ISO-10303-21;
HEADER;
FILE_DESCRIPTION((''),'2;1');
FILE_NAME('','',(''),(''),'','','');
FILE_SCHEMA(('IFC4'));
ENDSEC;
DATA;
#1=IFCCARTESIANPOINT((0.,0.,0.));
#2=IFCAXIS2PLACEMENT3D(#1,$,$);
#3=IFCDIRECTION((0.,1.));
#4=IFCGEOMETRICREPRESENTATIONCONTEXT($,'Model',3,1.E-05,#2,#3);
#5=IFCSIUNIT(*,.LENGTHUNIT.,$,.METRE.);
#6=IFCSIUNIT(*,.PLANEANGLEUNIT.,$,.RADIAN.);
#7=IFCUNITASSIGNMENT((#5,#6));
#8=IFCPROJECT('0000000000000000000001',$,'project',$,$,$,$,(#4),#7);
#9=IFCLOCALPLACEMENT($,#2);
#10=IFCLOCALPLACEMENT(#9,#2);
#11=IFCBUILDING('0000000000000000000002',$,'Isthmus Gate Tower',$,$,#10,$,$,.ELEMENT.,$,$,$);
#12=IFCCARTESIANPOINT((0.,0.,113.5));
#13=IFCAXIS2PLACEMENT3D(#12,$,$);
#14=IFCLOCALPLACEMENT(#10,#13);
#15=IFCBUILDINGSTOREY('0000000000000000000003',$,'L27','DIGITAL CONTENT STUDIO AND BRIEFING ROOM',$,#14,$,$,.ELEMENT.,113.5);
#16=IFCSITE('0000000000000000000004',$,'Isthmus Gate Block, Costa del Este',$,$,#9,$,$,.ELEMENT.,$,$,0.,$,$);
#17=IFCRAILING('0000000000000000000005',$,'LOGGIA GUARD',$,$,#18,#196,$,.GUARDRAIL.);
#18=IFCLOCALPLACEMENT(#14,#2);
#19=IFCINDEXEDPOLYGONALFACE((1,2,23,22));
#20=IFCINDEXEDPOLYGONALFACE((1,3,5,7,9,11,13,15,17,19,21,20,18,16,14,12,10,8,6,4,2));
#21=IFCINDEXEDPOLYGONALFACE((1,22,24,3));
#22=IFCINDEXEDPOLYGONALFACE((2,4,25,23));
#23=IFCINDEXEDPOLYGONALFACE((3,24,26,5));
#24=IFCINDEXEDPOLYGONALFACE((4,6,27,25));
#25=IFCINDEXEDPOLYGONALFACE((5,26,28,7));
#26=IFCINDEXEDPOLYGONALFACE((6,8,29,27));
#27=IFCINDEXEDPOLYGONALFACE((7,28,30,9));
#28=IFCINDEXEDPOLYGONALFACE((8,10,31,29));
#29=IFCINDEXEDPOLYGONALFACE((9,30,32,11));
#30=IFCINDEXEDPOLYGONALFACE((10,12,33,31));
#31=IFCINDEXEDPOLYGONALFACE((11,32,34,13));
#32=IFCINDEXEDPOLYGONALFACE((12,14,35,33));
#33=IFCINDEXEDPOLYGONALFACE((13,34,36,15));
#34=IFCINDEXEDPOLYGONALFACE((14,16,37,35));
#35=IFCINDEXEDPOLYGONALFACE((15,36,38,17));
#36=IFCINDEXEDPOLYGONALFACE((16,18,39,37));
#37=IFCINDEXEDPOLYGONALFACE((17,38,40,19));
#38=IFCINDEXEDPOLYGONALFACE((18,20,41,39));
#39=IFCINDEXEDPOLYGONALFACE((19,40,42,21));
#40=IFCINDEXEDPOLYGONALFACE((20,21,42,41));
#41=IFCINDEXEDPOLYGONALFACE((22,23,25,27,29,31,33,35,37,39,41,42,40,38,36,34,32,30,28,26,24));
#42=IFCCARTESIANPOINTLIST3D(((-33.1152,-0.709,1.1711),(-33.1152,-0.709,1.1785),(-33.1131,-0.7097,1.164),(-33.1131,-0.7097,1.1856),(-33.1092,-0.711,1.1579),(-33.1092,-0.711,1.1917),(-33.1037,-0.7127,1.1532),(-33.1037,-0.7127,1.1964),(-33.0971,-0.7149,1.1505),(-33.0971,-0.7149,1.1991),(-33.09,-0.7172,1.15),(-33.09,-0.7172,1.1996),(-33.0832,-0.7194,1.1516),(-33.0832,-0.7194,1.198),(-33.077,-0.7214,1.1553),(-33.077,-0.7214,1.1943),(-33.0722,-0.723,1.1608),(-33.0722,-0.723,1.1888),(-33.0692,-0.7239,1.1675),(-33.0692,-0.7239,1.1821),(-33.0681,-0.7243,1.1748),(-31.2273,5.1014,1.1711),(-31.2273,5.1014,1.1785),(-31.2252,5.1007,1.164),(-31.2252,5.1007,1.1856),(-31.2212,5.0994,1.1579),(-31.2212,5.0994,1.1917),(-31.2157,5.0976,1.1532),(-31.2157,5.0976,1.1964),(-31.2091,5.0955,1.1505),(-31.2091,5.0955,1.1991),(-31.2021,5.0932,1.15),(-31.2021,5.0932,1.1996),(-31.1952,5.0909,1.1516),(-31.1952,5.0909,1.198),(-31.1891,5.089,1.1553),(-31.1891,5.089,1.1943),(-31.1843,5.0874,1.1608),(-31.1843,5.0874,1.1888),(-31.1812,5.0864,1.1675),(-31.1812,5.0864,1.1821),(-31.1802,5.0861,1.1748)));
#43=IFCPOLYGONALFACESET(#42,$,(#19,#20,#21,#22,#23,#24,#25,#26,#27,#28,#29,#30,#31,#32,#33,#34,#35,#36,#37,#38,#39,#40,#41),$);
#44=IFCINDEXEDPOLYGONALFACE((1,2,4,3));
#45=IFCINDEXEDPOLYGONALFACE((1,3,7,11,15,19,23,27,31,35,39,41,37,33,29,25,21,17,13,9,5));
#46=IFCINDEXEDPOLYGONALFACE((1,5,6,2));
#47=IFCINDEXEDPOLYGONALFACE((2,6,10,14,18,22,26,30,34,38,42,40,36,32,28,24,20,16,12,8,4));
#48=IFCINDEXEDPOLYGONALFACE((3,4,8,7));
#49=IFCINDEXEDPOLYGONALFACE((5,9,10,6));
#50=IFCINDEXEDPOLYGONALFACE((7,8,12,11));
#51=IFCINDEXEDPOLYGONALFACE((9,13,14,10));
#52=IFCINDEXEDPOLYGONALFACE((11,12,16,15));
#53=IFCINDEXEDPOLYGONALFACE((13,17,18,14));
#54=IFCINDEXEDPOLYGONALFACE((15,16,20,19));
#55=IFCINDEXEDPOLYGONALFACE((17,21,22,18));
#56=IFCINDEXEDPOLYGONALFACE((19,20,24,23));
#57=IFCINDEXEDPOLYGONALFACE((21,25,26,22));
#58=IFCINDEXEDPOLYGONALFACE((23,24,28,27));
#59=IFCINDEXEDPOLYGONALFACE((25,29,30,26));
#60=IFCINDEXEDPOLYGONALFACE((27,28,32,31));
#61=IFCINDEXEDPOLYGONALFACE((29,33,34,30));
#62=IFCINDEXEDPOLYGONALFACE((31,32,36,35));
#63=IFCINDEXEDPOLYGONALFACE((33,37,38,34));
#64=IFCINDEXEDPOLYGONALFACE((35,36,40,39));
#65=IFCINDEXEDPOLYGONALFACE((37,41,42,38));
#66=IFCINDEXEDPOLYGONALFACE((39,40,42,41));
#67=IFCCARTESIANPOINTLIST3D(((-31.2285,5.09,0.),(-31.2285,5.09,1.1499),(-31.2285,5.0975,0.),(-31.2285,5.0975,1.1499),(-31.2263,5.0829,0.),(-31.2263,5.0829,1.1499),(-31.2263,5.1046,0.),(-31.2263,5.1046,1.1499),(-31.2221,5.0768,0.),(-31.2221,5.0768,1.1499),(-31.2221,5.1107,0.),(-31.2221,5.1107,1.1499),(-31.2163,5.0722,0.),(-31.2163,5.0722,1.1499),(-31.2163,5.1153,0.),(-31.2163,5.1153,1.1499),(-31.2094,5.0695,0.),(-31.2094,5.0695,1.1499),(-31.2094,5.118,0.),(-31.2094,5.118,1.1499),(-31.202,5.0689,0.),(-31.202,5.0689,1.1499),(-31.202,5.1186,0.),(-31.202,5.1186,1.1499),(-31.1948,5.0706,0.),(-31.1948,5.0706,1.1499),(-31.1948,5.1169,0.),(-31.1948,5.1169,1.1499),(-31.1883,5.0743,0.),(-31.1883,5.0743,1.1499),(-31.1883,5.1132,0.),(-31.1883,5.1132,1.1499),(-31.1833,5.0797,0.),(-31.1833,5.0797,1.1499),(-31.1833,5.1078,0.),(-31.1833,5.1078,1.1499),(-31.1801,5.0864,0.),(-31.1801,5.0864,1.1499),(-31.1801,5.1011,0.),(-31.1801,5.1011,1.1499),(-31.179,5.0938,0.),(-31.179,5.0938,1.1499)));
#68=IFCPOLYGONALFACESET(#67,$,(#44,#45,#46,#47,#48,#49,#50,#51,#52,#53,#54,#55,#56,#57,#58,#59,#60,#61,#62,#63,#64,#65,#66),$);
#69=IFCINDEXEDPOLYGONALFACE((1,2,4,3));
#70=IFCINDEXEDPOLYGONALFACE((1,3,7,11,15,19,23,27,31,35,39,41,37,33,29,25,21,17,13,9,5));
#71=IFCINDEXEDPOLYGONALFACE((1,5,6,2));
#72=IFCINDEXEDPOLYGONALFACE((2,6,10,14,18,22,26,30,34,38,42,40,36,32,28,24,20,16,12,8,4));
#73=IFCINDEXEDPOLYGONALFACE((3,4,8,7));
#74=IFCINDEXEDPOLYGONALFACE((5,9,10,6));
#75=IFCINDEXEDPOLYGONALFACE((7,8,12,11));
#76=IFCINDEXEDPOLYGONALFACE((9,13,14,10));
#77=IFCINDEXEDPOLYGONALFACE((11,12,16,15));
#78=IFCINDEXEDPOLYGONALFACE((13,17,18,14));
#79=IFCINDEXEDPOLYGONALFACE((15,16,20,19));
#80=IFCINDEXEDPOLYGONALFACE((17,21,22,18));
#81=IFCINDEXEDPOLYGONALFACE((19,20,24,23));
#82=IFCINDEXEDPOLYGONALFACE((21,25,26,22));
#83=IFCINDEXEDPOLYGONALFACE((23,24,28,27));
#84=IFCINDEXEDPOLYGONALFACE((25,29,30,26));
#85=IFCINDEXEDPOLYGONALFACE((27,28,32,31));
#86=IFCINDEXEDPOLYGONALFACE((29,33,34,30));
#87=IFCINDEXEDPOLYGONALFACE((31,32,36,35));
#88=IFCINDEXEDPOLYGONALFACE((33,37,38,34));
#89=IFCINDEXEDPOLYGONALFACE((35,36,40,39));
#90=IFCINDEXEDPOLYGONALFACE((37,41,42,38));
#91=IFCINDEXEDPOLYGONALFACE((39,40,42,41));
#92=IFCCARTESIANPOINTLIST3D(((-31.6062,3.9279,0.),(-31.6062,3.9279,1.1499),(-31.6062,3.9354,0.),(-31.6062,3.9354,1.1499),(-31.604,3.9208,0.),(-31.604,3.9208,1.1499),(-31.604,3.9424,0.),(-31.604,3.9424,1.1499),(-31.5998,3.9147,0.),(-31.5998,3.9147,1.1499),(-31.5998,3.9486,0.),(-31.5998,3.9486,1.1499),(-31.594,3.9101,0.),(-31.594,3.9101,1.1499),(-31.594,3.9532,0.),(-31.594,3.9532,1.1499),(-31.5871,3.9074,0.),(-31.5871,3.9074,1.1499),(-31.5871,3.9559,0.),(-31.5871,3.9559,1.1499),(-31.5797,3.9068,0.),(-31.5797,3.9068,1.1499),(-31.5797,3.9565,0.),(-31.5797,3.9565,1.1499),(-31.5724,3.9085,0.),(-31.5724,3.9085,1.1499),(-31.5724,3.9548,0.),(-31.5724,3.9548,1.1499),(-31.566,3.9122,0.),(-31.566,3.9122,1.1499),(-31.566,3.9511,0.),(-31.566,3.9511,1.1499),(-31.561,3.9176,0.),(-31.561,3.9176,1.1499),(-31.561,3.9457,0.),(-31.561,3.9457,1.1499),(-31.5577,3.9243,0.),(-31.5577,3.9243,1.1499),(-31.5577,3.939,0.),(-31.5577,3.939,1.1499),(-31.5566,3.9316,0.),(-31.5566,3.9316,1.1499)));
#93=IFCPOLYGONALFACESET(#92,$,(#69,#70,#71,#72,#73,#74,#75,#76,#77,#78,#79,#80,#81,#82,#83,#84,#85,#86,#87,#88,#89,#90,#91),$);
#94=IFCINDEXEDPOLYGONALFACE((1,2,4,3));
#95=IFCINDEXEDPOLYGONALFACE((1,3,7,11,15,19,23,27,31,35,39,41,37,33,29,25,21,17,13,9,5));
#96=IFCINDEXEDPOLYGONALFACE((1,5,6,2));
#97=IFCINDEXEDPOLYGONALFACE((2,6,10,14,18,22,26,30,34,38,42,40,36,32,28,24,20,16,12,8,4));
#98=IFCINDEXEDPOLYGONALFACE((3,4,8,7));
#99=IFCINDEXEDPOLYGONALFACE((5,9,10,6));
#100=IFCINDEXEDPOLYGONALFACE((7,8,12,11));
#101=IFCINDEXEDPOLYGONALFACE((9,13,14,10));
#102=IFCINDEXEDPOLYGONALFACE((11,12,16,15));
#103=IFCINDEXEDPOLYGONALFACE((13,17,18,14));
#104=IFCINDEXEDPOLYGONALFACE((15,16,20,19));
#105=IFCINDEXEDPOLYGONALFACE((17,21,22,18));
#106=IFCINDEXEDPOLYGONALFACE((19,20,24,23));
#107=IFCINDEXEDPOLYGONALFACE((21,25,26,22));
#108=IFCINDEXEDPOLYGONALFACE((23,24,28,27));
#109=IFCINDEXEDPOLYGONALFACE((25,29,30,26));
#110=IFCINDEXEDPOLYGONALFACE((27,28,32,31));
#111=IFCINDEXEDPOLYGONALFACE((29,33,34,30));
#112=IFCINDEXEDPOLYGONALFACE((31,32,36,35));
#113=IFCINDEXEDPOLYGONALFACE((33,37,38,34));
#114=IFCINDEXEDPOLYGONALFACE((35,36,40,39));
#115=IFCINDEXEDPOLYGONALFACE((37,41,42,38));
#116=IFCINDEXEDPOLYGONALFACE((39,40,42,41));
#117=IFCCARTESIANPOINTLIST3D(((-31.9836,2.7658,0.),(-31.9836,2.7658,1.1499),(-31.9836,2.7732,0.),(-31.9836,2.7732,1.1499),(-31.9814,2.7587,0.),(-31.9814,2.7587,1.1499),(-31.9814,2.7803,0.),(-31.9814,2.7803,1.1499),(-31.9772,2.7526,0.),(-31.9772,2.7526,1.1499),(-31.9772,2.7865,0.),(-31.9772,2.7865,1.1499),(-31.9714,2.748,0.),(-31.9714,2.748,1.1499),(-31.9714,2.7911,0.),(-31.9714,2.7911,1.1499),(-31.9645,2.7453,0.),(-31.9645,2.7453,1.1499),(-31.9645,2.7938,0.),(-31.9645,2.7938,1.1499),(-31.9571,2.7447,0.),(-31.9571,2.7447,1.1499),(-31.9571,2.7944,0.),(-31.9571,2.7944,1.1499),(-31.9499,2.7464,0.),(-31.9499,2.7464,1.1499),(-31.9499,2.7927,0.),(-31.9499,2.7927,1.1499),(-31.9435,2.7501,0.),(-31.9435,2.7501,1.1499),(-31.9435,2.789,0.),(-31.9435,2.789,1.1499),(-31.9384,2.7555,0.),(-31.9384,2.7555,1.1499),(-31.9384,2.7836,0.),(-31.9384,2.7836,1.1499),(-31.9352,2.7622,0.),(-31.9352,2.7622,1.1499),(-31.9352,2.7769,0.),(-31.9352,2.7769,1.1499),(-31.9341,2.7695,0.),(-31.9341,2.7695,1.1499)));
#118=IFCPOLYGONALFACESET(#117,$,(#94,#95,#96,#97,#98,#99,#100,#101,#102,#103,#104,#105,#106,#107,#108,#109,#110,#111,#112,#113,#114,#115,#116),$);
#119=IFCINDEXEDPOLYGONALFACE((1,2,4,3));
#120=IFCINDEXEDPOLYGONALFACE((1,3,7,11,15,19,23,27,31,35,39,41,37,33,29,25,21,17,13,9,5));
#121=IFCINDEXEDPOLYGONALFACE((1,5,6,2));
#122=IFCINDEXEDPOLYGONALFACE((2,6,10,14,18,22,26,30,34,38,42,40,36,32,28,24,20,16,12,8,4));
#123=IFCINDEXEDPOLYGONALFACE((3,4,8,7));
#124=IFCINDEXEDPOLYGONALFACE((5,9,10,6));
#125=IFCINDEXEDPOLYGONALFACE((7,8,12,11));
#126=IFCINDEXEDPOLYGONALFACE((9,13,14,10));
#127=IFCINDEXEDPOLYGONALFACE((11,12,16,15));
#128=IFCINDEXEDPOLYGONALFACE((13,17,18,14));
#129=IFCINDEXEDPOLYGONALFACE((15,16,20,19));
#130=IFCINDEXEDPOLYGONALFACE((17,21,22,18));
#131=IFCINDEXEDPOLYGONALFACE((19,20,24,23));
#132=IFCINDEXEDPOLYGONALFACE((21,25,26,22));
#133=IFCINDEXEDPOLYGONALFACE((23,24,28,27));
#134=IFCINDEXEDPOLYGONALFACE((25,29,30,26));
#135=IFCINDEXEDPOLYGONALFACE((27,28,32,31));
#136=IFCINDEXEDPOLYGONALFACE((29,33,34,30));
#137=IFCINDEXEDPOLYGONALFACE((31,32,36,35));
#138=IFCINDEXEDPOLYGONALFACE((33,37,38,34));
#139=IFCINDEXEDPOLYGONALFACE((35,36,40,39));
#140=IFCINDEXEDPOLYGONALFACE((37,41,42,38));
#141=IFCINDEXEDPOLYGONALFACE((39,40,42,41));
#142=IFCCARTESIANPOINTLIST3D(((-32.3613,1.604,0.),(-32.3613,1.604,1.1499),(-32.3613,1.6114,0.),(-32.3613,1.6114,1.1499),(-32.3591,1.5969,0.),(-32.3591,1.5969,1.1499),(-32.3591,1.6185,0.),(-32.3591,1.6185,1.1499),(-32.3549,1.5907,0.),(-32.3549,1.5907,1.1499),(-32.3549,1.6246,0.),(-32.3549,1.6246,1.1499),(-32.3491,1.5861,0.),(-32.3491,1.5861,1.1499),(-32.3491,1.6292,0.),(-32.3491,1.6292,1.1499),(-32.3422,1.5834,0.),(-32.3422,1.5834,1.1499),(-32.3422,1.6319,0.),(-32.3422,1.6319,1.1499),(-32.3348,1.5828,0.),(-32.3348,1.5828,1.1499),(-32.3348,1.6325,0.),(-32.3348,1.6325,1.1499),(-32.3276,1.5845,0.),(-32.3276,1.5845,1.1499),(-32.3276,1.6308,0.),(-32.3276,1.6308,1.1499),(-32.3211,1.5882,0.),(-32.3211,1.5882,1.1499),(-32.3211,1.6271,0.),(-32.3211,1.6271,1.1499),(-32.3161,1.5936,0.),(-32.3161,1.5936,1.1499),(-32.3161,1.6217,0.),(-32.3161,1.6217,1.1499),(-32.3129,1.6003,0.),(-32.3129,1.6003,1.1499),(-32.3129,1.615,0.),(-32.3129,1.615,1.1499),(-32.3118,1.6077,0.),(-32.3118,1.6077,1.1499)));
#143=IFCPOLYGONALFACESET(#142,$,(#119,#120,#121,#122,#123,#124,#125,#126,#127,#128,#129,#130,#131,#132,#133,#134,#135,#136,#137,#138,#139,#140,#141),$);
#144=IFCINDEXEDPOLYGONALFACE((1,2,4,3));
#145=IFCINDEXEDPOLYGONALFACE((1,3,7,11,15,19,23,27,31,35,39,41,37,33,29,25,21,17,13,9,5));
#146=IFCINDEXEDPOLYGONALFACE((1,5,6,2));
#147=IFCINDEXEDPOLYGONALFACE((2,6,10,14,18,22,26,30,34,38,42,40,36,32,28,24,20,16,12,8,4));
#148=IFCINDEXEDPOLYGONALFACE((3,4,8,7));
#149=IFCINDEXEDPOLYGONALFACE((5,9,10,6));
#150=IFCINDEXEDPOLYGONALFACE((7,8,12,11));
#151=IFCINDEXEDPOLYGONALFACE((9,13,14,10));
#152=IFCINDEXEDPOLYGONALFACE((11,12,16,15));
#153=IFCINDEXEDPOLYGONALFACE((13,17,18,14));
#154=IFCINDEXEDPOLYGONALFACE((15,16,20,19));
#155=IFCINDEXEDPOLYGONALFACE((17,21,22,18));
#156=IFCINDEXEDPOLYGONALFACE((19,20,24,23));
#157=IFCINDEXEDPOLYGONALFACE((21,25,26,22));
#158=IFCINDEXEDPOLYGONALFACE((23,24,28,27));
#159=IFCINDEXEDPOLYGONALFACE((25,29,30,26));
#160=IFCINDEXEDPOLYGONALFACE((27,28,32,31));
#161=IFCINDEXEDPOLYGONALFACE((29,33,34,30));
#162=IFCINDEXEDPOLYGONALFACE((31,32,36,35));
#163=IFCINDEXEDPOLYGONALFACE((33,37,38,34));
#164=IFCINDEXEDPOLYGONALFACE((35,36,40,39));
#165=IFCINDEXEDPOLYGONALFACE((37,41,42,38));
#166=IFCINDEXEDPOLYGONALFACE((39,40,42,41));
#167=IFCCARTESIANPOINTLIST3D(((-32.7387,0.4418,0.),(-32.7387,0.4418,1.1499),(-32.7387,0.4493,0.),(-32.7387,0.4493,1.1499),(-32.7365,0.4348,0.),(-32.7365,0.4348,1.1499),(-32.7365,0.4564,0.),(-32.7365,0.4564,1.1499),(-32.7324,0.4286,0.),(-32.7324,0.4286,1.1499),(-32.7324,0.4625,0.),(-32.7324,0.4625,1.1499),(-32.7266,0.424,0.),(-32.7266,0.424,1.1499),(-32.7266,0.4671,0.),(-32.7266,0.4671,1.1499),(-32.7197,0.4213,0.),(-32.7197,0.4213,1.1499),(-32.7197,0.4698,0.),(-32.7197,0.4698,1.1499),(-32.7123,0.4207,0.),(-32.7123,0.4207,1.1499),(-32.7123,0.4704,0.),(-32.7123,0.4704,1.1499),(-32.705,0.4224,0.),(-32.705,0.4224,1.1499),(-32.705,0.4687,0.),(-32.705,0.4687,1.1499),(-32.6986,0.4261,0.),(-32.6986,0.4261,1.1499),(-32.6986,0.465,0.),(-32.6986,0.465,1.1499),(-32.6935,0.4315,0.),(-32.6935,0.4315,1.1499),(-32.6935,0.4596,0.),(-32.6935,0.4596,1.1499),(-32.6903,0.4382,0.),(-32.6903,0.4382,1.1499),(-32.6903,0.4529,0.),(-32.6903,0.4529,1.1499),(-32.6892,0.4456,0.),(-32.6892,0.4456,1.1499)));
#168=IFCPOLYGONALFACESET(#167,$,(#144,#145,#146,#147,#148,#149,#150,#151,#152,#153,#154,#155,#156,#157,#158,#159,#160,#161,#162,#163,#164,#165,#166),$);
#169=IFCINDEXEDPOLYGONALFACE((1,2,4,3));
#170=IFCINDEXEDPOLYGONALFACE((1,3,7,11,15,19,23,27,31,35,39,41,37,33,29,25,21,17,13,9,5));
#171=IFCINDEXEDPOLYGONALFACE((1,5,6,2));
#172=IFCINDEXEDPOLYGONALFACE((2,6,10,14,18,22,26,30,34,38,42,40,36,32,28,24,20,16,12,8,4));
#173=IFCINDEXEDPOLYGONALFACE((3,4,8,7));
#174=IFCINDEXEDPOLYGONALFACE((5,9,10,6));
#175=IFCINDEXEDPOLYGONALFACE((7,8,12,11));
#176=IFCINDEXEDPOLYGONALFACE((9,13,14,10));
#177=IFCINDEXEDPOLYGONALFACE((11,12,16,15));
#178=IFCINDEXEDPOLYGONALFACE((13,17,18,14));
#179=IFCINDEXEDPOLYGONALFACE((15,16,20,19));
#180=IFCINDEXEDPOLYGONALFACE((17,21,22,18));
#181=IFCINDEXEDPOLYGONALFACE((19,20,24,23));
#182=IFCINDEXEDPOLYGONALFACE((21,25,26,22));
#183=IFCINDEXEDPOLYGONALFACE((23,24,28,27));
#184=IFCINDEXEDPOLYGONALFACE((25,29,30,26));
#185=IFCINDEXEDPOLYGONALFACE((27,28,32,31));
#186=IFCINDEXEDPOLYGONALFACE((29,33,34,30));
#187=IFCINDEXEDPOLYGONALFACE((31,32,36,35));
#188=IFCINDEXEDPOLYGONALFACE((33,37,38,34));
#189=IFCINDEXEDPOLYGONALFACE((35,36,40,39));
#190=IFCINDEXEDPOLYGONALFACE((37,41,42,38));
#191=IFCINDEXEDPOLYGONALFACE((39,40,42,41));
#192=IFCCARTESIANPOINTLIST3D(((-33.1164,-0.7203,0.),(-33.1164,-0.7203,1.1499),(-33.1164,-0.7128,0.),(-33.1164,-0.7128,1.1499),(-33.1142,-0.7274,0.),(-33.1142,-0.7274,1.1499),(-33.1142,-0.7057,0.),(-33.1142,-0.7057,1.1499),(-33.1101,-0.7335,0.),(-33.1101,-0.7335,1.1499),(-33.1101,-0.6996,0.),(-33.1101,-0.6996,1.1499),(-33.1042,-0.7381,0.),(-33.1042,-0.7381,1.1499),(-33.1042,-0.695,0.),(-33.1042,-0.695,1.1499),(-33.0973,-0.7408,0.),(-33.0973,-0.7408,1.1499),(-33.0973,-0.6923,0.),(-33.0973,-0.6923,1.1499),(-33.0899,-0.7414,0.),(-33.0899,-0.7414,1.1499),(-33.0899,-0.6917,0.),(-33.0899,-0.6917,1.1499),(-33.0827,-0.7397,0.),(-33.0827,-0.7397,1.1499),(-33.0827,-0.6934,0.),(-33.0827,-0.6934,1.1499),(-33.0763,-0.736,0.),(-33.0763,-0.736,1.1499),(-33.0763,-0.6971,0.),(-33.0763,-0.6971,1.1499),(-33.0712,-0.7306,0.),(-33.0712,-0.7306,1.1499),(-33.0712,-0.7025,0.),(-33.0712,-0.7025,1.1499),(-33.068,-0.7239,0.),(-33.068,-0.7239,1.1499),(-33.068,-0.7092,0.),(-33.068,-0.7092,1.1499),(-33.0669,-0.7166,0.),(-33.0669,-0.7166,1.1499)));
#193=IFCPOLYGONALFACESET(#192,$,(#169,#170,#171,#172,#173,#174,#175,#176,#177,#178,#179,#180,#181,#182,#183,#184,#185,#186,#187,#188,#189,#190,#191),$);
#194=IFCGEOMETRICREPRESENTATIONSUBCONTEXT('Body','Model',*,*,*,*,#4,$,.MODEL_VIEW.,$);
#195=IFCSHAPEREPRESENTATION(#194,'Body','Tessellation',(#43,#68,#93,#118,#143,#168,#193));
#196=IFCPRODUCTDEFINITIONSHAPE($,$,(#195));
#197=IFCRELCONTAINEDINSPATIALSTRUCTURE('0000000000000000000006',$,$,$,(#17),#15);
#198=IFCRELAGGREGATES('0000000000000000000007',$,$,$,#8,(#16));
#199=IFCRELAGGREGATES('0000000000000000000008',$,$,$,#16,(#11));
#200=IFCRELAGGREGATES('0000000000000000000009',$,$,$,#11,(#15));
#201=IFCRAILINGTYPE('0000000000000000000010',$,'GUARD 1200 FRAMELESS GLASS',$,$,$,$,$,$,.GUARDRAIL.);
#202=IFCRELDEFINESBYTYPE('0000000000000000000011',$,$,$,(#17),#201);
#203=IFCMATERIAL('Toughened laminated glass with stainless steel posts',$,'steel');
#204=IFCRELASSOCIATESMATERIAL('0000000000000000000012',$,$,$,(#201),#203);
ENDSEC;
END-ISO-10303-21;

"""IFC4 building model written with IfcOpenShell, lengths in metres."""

from ifc_helpers import new_model, si_unit, direction, frame, origin, origin_2d, place, context, subcontext, project, spatial, circle, extrude, material, type_object, element, save


model = new_model("IFC4")

# Units and contexts
model_context = context("Model", 3, precision=1e-05, world=origin(), true_north=direction((0.0, 1.0)))
body_context = subcontext(model_context, "Body", "Model", "MODEL_VIEW")
ifc_project = project(units=[si_unit("LENGTHUNIT", "METRE"), si_unit("PLANEANGLEUNIT", "RADIAN")], contexts=[model_context])

# Site, building, storey
site_placement = place(None, origin())
site = spatial("IfcSite", under=ifc_project, at=site_placement, Name="Isthmus Gate Block, Costa del Este", CompositionType="ELEMENT", RefElevation=0.0)
building_placement = place(site_placement, origin())
building = spatial("IfcBuilding", under=site, at=building_placement, Name="Isthmus Gate Tower", CompositionType="ELEMENT")
storey_placement = place(building_placement, frame((0.0, 0.0, 113.5)))
storey = spatial("IfcBuildingStorey", under=building, at=storey_placement, Name="L27", Description="DIGITAL CONTENT STUDIO AND BRIEFING ROOM", CompositionType="ELEMENT", Elevation=113.5)

# Railing
ifc_material_1 = material(Name="Toughened laminated glass with stainless steel posts", Category="steel")
railing_type = type_object("IfcRailingType", Name="GUARD 1200 FRAMELESS GLASS", PredefinedType="GUARDRAIL", material=ifc_material_1)
railing_placement = place(storey_placement, frame((-31.2039, 5.0938, 0.0)))
element("IfcRailing", 1, at=railing_placement, inside=storey, type_object=railing_type, Name="LOGGIA GUARD", PredefinedType="GUARDRAIL", context=body_context, shape_type="SweptSolid", body=[
    extrude(circle(Radius=0.0249, at=origin_2d()), frame((0.0, 0.0, 1.1748), z_axis=(-0.309026, -0.951054, 0.0), x_axis=(0.951054, -0.309026, 0.0)), (0.0, 0.0, 1.0), 6.1094),
    extrude(circle(Radius=0.0249, at=origin_2d()), origin(), (0.0, 0.0, 1.0), 1.1499),
    extrude(circle(Radius=0.0249, at=origin_2d()), frame((-0.3777, -1.1621, 0.0)), (0.0, 0.0, 1.0), 1.1499),
    extrude(circle(Radius=0.0249, at=origin_2d()), frame((-0.7551, -2.3242, 0.0)), (0.0, 0.0, 1.0), 1.1499),
    extrude(circle(Radius=0.0249, at=origin_2d()), frame((-1.1328, -3.4861, 0.0)), (0.0, 0.0, 1.0), 1.1499),
    extrude(circle(Radius=0.0249, at=origin_2d()), frame((-1.5103, -4.6482, 0.0)), (0.0, 0.0, 1.0), 1.1499),
    extrude(circle(Radius=0.0249, at=origin_2d()), frame((-1.8879, -5.8103, 0.0)), (0.0, 0.0, 1.0), 1.1499),
])

save(model, "model.ifc")
